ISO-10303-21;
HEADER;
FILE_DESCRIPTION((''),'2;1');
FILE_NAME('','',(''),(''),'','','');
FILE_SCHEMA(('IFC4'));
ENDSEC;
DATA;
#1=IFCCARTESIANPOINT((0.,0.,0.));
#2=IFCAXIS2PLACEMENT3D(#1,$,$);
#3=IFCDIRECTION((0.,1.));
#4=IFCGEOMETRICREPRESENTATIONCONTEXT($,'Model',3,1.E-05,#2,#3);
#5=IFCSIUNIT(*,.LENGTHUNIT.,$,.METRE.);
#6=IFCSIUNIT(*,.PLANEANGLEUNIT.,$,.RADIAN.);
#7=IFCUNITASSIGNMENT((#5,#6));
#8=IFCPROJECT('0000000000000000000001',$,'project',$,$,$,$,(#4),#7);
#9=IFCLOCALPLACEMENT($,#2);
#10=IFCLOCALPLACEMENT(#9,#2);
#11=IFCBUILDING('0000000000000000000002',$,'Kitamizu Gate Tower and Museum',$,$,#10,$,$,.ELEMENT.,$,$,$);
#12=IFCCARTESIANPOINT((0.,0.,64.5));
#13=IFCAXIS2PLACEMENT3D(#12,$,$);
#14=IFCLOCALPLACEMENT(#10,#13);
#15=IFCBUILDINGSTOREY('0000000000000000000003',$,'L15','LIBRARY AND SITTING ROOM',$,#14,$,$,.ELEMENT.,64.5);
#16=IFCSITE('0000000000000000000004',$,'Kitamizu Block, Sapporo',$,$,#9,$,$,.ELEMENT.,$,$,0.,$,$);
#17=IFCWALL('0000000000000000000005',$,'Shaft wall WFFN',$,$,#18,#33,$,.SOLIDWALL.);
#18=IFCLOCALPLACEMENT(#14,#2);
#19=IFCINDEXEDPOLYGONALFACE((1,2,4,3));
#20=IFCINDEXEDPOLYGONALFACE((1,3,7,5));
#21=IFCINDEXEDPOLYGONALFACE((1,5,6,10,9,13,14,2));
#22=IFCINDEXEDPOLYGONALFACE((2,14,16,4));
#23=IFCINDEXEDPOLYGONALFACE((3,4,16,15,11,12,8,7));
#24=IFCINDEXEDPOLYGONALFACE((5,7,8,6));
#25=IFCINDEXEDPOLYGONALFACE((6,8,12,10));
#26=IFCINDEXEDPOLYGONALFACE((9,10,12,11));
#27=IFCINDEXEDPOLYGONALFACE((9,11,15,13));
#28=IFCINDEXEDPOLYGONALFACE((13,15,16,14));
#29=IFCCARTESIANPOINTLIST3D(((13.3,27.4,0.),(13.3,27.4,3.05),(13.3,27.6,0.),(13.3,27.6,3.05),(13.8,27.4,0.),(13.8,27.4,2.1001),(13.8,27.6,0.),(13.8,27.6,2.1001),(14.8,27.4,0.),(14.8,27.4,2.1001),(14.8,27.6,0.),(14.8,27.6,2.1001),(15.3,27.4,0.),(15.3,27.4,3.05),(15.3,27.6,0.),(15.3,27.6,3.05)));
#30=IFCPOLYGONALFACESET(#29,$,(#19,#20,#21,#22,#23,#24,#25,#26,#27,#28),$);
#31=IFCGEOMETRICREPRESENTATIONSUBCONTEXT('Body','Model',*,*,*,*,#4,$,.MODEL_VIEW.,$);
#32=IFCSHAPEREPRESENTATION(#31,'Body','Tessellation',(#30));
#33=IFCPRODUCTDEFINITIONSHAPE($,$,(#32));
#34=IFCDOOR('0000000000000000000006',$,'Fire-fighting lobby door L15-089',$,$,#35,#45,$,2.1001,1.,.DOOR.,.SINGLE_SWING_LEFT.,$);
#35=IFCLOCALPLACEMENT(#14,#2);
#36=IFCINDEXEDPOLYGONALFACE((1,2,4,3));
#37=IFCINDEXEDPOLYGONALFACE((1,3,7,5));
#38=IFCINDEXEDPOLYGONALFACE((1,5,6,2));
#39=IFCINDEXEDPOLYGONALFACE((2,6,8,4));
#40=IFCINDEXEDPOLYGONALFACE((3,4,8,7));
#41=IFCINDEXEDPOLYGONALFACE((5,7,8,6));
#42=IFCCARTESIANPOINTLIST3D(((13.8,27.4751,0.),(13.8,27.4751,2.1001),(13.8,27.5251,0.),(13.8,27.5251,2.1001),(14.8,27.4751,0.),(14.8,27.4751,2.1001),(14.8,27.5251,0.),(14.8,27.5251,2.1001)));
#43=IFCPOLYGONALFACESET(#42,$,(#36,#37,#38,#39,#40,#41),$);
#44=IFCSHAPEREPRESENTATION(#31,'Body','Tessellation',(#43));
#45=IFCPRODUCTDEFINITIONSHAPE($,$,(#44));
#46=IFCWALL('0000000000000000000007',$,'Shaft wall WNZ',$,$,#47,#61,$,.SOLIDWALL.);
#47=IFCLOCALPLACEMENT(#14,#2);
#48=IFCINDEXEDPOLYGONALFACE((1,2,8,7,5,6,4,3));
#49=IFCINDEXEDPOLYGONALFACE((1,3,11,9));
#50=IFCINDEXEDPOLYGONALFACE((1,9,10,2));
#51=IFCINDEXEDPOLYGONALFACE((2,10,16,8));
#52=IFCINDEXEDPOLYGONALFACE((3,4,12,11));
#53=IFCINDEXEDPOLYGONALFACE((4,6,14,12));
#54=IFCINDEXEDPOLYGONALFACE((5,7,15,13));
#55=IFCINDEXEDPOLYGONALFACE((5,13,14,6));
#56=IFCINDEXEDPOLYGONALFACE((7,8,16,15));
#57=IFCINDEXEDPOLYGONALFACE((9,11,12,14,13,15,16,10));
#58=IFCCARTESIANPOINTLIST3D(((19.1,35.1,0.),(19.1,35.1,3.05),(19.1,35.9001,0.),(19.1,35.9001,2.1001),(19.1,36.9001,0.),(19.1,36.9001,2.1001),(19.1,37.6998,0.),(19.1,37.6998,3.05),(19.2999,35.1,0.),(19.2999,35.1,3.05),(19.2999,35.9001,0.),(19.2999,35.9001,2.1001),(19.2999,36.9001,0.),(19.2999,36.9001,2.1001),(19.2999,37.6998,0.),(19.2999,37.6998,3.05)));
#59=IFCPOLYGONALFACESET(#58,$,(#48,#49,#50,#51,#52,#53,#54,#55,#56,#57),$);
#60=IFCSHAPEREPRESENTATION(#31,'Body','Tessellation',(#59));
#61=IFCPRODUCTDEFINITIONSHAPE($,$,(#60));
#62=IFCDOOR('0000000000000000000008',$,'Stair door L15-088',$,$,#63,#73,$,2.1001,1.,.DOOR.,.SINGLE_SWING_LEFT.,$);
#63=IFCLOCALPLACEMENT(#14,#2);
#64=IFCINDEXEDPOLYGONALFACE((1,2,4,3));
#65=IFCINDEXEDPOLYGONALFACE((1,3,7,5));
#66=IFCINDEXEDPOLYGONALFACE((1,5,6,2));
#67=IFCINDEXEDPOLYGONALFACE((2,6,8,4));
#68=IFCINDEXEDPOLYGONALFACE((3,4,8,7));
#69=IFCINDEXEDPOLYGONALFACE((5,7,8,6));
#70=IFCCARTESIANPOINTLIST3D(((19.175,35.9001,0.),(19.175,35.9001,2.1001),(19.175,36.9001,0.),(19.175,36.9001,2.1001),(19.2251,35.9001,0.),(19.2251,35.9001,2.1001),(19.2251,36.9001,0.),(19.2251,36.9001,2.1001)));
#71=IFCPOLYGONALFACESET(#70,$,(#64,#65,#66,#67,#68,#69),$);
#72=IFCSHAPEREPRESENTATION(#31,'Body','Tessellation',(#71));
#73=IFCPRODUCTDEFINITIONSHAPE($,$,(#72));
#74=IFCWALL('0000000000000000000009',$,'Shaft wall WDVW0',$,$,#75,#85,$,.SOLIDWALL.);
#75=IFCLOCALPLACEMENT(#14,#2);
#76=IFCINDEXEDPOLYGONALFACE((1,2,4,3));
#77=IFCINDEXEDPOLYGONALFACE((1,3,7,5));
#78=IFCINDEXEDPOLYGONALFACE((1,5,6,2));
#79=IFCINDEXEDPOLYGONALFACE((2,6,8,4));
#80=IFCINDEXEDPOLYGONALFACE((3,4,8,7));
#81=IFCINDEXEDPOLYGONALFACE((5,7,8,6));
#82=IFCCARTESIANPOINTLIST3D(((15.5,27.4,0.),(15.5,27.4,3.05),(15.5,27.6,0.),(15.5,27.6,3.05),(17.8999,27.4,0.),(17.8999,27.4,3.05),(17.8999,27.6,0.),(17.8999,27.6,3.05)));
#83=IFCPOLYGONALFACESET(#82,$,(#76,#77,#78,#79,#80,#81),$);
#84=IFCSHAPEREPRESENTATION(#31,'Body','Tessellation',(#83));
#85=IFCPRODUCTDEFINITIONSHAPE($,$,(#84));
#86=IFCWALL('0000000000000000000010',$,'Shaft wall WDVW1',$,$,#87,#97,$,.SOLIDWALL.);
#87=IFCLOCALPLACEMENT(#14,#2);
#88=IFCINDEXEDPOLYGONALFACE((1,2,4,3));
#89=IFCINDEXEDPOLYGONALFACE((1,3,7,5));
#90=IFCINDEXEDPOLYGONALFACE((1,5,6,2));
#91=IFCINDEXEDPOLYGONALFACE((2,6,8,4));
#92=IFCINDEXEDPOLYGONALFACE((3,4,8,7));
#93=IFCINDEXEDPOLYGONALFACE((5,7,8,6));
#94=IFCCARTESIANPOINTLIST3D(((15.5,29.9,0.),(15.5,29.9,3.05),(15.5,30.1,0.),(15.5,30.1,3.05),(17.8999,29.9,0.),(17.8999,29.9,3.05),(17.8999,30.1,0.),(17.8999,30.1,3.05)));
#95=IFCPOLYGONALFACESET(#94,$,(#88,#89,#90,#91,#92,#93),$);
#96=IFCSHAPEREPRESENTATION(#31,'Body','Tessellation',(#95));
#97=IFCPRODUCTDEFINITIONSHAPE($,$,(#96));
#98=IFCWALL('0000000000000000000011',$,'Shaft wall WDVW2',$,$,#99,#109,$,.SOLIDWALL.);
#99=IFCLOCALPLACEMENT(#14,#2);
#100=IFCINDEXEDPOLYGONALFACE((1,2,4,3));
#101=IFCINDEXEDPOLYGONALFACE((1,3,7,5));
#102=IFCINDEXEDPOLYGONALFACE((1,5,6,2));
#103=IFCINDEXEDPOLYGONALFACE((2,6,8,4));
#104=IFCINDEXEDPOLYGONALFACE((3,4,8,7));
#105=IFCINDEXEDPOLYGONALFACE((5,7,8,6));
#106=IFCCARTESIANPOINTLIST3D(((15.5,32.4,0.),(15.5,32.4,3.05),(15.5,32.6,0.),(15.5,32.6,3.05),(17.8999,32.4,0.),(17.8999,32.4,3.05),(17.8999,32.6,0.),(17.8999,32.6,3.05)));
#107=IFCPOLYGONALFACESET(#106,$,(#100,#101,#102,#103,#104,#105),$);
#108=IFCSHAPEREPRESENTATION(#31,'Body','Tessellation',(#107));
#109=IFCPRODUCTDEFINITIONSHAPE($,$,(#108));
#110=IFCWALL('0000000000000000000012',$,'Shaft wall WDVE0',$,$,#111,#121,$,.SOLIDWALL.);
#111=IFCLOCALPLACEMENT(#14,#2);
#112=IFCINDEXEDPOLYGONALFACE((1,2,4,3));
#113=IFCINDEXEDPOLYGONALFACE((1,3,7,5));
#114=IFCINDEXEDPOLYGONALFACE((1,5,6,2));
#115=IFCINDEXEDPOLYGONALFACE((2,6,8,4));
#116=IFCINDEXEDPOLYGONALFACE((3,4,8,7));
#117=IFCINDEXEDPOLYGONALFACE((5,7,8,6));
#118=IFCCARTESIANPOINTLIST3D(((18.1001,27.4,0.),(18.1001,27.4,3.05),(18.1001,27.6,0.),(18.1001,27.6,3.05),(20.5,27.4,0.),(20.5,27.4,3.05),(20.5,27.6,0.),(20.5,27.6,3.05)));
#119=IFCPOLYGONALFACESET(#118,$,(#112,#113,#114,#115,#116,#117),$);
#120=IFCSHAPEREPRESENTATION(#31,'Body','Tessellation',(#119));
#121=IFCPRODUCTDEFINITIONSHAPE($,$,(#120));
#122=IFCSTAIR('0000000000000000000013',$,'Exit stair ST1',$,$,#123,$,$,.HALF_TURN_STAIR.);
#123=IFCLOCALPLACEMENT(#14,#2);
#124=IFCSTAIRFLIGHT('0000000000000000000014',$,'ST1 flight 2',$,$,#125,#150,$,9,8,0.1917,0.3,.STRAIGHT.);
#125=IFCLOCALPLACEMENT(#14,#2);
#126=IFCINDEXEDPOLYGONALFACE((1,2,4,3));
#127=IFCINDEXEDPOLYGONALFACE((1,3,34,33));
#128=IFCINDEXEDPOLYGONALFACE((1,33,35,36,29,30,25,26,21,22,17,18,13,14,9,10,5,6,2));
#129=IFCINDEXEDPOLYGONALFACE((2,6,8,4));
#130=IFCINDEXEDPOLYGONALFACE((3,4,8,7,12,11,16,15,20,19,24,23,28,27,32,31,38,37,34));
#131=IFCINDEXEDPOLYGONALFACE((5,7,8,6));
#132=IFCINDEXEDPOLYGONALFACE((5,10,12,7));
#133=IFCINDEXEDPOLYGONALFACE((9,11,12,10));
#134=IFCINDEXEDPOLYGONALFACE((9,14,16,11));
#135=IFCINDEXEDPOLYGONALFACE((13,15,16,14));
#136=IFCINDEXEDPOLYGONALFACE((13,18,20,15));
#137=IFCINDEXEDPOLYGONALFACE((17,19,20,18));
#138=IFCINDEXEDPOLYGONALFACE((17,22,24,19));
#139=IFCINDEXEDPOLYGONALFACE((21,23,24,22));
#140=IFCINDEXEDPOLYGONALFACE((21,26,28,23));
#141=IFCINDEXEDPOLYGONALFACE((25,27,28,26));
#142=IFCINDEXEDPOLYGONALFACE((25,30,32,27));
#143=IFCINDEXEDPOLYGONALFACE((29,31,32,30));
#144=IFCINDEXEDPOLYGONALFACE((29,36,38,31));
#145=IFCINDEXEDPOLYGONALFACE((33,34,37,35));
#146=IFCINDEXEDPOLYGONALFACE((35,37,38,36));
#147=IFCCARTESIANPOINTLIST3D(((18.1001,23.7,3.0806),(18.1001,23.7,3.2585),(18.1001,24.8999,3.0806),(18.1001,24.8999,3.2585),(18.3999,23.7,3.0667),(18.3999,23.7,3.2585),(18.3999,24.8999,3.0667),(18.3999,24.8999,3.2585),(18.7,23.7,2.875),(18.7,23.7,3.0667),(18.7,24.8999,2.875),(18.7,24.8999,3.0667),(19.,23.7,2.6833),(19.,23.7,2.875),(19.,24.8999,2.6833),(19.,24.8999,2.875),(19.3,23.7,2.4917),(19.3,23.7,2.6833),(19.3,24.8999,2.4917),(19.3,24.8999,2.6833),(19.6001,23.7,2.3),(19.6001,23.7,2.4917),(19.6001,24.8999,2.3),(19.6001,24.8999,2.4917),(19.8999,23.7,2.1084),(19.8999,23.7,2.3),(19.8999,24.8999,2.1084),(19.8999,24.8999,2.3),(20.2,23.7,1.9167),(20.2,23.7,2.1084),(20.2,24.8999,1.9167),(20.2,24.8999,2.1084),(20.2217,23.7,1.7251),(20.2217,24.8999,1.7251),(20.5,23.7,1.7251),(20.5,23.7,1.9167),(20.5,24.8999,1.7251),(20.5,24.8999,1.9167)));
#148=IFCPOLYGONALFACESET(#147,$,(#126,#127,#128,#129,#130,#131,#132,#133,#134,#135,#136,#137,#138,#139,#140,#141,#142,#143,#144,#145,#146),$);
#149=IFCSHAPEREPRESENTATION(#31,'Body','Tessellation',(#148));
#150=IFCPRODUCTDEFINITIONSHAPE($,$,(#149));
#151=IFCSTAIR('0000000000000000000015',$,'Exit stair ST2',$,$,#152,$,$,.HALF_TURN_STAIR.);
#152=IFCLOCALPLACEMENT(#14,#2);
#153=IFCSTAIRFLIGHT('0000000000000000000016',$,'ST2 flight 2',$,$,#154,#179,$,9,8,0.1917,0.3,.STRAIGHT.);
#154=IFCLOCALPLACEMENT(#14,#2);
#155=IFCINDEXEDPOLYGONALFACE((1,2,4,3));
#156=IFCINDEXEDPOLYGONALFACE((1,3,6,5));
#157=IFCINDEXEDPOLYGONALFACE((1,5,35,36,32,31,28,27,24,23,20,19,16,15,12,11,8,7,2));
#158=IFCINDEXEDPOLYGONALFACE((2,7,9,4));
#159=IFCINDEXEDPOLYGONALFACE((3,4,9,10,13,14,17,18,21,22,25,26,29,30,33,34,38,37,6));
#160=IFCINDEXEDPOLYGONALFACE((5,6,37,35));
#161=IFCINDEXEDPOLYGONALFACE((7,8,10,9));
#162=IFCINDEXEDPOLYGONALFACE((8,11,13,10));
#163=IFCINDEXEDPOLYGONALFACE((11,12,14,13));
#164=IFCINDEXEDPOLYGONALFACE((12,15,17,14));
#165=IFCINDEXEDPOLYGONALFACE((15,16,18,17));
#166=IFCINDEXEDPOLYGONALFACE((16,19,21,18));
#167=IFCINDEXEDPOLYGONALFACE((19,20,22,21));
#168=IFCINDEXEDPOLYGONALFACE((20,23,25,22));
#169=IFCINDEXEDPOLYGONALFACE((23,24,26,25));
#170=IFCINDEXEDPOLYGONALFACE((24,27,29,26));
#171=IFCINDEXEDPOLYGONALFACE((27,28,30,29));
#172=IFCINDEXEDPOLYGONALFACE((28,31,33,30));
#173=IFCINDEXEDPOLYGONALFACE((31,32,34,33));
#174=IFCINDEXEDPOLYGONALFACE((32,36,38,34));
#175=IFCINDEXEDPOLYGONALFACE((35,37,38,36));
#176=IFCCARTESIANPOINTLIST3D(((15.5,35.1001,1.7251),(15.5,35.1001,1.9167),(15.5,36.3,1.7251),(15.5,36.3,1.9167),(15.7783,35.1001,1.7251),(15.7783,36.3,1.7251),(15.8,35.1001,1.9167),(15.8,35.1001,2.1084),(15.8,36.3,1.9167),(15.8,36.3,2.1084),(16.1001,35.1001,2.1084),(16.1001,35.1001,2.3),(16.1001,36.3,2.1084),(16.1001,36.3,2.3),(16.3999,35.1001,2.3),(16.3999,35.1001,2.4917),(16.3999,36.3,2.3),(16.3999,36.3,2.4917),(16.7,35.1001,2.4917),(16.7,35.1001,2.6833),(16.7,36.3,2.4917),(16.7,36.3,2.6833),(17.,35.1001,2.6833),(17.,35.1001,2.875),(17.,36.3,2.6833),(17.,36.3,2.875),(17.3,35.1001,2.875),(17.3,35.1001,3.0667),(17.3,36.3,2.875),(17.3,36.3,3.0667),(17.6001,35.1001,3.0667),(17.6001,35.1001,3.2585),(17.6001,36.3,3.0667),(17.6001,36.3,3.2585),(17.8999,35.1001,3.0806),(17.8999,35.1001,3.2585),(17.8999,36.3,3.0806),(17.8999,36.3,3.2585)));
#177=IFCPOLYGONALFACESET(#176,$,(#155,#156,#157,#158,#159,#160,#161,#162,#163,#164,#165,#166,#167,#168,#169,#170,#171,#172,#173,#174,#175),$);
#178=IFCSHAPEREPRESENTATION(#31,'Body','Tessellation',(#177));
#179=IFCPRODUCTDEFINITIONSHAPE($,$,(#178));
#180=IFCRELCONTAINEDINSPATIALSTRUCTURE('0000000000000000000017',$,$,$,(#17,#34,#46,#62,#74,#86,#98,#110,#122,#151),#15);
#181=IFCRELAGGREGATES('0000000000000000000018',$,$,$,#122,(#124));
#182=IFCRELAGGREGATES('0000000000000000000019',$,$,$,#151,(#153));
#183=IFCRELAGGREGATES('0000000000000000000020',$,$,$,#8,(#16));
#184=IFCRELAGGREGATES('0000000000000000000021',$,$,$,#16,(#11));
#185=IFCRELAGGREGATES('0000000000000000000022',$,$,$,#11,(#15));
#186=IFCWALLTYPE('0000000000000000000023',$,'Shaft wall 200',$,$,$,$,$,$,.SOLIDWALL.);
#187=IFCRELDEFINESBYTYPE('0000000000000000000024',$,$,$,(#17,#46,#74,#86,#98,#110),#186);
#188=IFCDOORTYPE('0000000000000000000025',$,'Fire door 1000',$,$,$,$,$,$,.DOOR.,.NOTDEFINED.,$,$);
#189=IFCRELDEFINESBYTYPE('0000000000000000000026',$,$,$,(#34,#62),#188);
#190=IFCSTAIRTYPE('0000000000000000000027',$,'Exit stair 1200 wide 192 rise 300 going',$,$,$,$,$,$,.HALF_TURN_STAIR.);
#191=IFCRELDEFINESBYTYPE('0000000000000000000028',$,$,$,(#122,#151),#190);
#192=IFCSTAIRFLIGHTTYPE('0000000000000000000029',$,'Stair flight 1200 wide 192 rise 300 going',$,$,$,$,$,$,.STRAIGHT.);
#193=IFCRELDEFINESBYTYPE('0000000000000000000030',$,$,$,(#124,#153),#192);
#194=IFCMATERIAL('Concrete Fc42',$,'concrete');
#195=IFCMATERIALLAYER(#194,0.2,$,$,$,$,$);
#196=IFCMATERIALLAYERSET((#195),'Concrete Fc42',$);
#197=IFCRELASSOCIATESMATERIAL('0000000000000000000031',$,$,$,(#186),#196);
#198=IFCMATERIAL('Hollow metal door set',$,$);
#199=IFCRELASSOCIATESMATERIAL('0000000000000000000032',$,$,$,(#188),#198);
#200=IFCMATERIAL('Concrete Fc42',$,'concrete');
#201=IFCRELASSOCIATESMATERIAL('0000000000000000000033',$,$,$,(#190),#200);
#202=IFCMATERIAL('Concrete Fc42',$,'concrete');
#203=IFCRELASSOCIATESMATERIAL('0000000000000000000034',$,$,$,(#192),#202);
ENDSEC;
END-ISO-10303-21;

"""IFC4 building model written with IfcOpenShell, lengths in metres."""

from ifc_helpers import new_model, si_unit, direction, frame, frame_2d, origin, place, context, subcontext, project, spatial, polyline, rectangle, outline, extrude, material, layer, layer_set, type_object, element, fill, aggregate, save


model = new_model("IFC4")

# Units and contexts
model_context = context("Model", 3, precision=1e-05, world=origin(), true_north=direction((0.0, 1.0)))
body_context = subcontext(model_context, "Body", "Model", "MODEL_VIEW")
ifc_project = project(units=[si_unit("LENGTHUNIT", "METRE"), si_unit("PLANEANGLEUNIT", "RADIAN")], contexts=[model_context])

# Site, building, storey
site_placement = place(None, origin())
site = spatial("IfcSite", under=ifc_project, at=site_placement, Name="Kitamizu Block, Sapporo", CompositionType="ELEMENT", RefElevation=0.0)
building_placement = place(site_placement, origin())
building = spatial("IfcBuilding", under=site, at=building_placement, Name="Kitamizu Gate Tower and Museum", CompositionType="ELEMENT")
storey_placement = place(building_placement, frame((0.0, 0.0, 64.5)))
storey = spatial("IfcBuildingStorey", under=building, at=storey_placement, Name="L15", Description="LIBRARY AND SITTING ROOM", CompositionType="ELEMENT", Elevation=64.5)

# Shared definitions
ifc_material_1 = material(Name="Concrete Fc42", Category="concrete")
ifc_layer_1 = layer(ifc_material_1, 0.2)
ifc_layer_set_1 = layer_set([ifc_layer_1], Name="Concrete Fc42")
wall_type_1 = type_object("IfcWallType", Name="Shaft wall 200", PredefinedType="SOLIDWALL", material=ifc_layer_set_1)

# Walls, openings, doors
wall_1_placement = place(storey_placement, frame((13.3, 27.5, 0.0), z_axis=(0.0, 0.0, 1.0), x_axis=(1.0, 0.0, 0.0)))
wall_1 = element("IfcWall", 1, at=wall_1_placement, inside=storey, type_object=wall_type_1, Name="Shaft wall WFFN", PredefinedType="SOLIDWALL", context=body_context, shape_type="SweptSolid", body=[
    extrude(rectangle(XDim=2.0, YDim=0.2, at=frame_2d((1.0, 0.0))), origin(), (0.0, 0.0, 1.0), 3.05),
])
opening_1_placement = place(wall_1_placement, frame((0.5, 0.0, 0.0)))
opening_1 = element("IfcOpeningElement", 2, at=opening_1_placement, cuts=wall_1, PredefinedType="OPENING", context=body_context, shape_type="SweptSolid", body=[
    extrude(rectangle(XDim=1.0, YDim=2.1001, at=frame_2d((0.5, 1.05))), frame((0.0, 0.1099, 0.0), z_axis=(0.0, -1.0, 0.0), x_axis=(1.0, 0.0, 0.0)), (0.0, 0.0, 1.0), 0.22),
])
ifc_material_2 = material(Name="Hollow metal door set")
door_type_1 = type_object("IfcDoorType", Name="Fire door 1000", OperationType="NOTDEFINED", PredefinedType="DOOR", material=ifc_material_2)
door_1_placement = place(opening_1_placement, frame((1.0, 0.0, 0.0), x_axis=(-1.0, 0.0, 0.0)))
door_1 = element("IfcDoor", 3, at=door_1_placement, inside=storey, type_object=door_type_1, Name="Fire-fighting lobby door L15-089", OperationType="SINGLE_SWING_LEFT", OverallHeight=2.1001, OverallWidth=1.0, PredefinedType="DOOR", context=body_context, shape_type="SweptSolid", body=[
    extrude(rectangle(XDim=1.0, YDim=2.1001, at=frame_2d((0.5, 1.05))), frame((0.0, 0.0249, 0.0), z_axis=(0.0, -1.0, 0.0), x_axis=(1.0, 0.0, 0.0)), (0.0, 0.0, 1.0), 0.05),
])
fill(opening_1, door_1)
wall_2_placement = place(storey_placement, frame((19.2, 35.1001, 0.0), z_axis=(0.0, 0.0, 1.0), x_axis=(0.0, 1.0, 0.0)))
wall_2 = element("IfcWall", 4, at=wall_2_placement, inside=storey, type_object=wall_type_1, Name="Shaft wall WNZ", PredefinedType="SOLIDWALL", context=body_context, shape_type="SweptSolid", body=[
    extrude(rectangle(XDim=2.5999, YDim=0.2, at=frame_2d((1.2998, 0.0))), origin(), (0.0, 0.0, 1.0), 3.05),
])
opening_2_placement = place(wall_2_placement, frame((0.8, 0.0, 0.0)))
opening_2 = element("IfcOpeningElement", 5, at=opening_2_placement, cuts=wall_2, PredefinedType="OPENING", context=body_context, shape_type="SweptSolid", body=[
    extrude(rectangle(XDim=1.0, YDim=2.1001, at=frame_2d((0.5, 1.05))), frame((0.0, 0.1099, 0.0), z_axis=(0.0, -1.0, 0.0), x_axis=(1.0, 0.0, 0.0)), (0.0, 0.0, 1.0), 0.22),
])
door_2_placement = place(opening_2_placement, origin())
door_2 = element("IfcDoor", 6, at=door_2_placement, inside=storey, type_object=door_type_1, Name="Stair door L15-088", OperationType="SINGLE_SWING_LEFT", OverallHeight=2.1001, OverallWidth=1.0, PredefinedType="DOOR", context=body_context, shape_type="SweptSolid", body=[
    extrude(rectangle(XDim=1.0, YDim=2.1001, at=frame_2d((0.5, 1.05))), frame((0.0, 0.0249, 0.0), z_axis=(0.0, -1.0, 0.0), x_axis=(1.0, 0.0, 0.0)), (0.0, 0.0, 1.0), 0.05),
])
fill(opening_2, door_2)

# Walls
for number, where, z_axis, x_axis, name in (
    (7, (15.5, 27.5, 0.0), (0.0, 0.0, 1.0), (1.0, 0.0, 0.0), "Shaft wall WDVW0"),
    (8, (15.5, 30.0, 0.0), (0.0, 0.0, 1.0), (1.0, 0.0, 0.0), "Shaft wall WDVW1"),
    (9, (15.5, 32.5, 0.0), (0.0, 0.0, 1.0), (1.0, 0.0, 0.0), "Shaft wall WDVW2"),
    (10, (18.1001, 27.5, 0.0), (0.0, 0.0, 1.0), (1.0, 0.0, 0.0), "Shaft wall WDVE0"),
):
    element("IfcWall", number, at=place(storey_placement, frame(where, z_axis=z_axis, x_axis=x_axis)), inside=storey, type_object=wall_type_1, Name=name, PredefinedType="SOLIDWALL", context=body_context, shape_type="SweptSolid", body=[
        extrude(rectangle(XDim=2.3999, YDim=0.2, at=frame_2d((1.2, 0.0))), origin(), (0.0, 0.0, 1.0), 3.05),
    ])

# Stairs, stair flights
ifc_material_3 = material(Name="Concrete Fc42", Category="concrete")
stair_type = type_object("IfcStairType", Name="Exit stair 1200 wide 192 rise 300 going", PredefinedType="HALF_TURN_STAIR", material=ifc_material_3)
stair_1_placement = place(storey_placement, origin())
stair_1 = element("IfcStair", 11, at=stair_1_placement, inside=storey, type_object=stair_type, Name="Exit stair ST1", PredefinedType="HALF_TURN_STAIR")
ifc_material_4 = material(Name="Concrete Fc42", Category="concrete")
stair_flight_type = type_object("IfcStairFlightType", Name="Stair flight 1200 wide 192 rise 300 going", PredefinedType="STRAIGHT", material=ifc_material_4)
stair_flight_1_placement = place(storey_placement, frame((20.5, 24.3, 1.7251), z_axis=(0.0, 0.0, 1.0), x_axis=(-1.0, 0.0, 0.0)))
stair_flight_1 = element("IfcStairFlight", 12, at=stair_flight_1_placement, type_object=stair_flight_type, Name="ST1 flight 2", NumberOfRisers=9, NumberOfTreads=8, PredefinedType="STRAIGHT", RiserHeight=0.1917, TreadLength=0.3, context=body_context, shape_type="SweptSolid", body=[
    extrude(outline(polyline([(0.0, 0.0), (0.0, 0.1917), (0.3, 0.1917), (0.3, 0.3833), (0.6001, 0.3833), (0.6001, 0.575), (0.8999, 0.575), (0.8999, 0.7666), (1.2, 0.7666), (1.2, 0.9583), (1.5, 0.9583), (1.5, 1.1499), (1.8, 1.1499), (1.8, 1.3416), (2.1001, 1.3416), (2.1001, 1.5334), (2.3999, 1.5334), (2.3999, 1.7251), (2.3999, 1.3555), (0.2783, 0.0), (0.0, 0.0)])), frame((0.0, 0.6001, 0.0), z_axis=(0.0, -1.0, 0.0), x_axis=(1.0, 0.0, 0.0)), (0.0, 0.0, 1.0), 1.2),
])
aggregate(stair_1, [stair_flight_1])
stair_2_placement = place(storey_placement, origin())
stair_2 = element("IfcStair", 13, at=stair_2_placement, inside=storey, type_object=stair_type, Name="Exit stair ST2", PredefinedType="HALF_TURN_STAIR")
stair_flight_2_placement = place(storey_placement, frame((15.5, 35.7, 1.7251), z_axis=(0.0, 0.0, 1.0), x_axis=(1.0, 0.0, 0.0)))
stair_flight_2 = element("IfcStairFlight", 14, at=stair_flight_2_placement, type_object=stair_flight_type, Name="ST2 flight 2", NumberOfRisers=9, NumberOfTreads=8, PredefinedType="STRAIGHT", RiserHeight=0.1917, TreadLength=0.3, context=body_context, shape_type="SweptSolid", body=[
    extrude(outline(polyline([(0.0, 0.0), (0.0, 0.1917), (0.3, 0.1917), (0.3, 0.3833), (0.6001, 0.3833), (0.6001, 0.575), (0.8999, 0.575), (0.8999, 0.7666), (1.2, 0.7666), (1.2, 0.9583), (1.5, 0.9583), (1.5, 1.1499), (1.8, 1.1499), (1.8, 1.3416), (2.1001, 1.3416), (2.1001, 1.5334), (2.3999, 1.5334), (2.3999, 1.7251), (2.3999, 1.3555), (0.2783, 0.0), (0.0, 0.0)])), frame((0.0, 0.6001, 0.0), z_axis=(0.0, -1.0, 0.0), x_axis=(1.0, 0.0, 0.0)), (0.0, 0.0, 1.0), 1.2),
])
aggregate(stair_2, [stair_flight_2])

save(model, "model.ifc")
